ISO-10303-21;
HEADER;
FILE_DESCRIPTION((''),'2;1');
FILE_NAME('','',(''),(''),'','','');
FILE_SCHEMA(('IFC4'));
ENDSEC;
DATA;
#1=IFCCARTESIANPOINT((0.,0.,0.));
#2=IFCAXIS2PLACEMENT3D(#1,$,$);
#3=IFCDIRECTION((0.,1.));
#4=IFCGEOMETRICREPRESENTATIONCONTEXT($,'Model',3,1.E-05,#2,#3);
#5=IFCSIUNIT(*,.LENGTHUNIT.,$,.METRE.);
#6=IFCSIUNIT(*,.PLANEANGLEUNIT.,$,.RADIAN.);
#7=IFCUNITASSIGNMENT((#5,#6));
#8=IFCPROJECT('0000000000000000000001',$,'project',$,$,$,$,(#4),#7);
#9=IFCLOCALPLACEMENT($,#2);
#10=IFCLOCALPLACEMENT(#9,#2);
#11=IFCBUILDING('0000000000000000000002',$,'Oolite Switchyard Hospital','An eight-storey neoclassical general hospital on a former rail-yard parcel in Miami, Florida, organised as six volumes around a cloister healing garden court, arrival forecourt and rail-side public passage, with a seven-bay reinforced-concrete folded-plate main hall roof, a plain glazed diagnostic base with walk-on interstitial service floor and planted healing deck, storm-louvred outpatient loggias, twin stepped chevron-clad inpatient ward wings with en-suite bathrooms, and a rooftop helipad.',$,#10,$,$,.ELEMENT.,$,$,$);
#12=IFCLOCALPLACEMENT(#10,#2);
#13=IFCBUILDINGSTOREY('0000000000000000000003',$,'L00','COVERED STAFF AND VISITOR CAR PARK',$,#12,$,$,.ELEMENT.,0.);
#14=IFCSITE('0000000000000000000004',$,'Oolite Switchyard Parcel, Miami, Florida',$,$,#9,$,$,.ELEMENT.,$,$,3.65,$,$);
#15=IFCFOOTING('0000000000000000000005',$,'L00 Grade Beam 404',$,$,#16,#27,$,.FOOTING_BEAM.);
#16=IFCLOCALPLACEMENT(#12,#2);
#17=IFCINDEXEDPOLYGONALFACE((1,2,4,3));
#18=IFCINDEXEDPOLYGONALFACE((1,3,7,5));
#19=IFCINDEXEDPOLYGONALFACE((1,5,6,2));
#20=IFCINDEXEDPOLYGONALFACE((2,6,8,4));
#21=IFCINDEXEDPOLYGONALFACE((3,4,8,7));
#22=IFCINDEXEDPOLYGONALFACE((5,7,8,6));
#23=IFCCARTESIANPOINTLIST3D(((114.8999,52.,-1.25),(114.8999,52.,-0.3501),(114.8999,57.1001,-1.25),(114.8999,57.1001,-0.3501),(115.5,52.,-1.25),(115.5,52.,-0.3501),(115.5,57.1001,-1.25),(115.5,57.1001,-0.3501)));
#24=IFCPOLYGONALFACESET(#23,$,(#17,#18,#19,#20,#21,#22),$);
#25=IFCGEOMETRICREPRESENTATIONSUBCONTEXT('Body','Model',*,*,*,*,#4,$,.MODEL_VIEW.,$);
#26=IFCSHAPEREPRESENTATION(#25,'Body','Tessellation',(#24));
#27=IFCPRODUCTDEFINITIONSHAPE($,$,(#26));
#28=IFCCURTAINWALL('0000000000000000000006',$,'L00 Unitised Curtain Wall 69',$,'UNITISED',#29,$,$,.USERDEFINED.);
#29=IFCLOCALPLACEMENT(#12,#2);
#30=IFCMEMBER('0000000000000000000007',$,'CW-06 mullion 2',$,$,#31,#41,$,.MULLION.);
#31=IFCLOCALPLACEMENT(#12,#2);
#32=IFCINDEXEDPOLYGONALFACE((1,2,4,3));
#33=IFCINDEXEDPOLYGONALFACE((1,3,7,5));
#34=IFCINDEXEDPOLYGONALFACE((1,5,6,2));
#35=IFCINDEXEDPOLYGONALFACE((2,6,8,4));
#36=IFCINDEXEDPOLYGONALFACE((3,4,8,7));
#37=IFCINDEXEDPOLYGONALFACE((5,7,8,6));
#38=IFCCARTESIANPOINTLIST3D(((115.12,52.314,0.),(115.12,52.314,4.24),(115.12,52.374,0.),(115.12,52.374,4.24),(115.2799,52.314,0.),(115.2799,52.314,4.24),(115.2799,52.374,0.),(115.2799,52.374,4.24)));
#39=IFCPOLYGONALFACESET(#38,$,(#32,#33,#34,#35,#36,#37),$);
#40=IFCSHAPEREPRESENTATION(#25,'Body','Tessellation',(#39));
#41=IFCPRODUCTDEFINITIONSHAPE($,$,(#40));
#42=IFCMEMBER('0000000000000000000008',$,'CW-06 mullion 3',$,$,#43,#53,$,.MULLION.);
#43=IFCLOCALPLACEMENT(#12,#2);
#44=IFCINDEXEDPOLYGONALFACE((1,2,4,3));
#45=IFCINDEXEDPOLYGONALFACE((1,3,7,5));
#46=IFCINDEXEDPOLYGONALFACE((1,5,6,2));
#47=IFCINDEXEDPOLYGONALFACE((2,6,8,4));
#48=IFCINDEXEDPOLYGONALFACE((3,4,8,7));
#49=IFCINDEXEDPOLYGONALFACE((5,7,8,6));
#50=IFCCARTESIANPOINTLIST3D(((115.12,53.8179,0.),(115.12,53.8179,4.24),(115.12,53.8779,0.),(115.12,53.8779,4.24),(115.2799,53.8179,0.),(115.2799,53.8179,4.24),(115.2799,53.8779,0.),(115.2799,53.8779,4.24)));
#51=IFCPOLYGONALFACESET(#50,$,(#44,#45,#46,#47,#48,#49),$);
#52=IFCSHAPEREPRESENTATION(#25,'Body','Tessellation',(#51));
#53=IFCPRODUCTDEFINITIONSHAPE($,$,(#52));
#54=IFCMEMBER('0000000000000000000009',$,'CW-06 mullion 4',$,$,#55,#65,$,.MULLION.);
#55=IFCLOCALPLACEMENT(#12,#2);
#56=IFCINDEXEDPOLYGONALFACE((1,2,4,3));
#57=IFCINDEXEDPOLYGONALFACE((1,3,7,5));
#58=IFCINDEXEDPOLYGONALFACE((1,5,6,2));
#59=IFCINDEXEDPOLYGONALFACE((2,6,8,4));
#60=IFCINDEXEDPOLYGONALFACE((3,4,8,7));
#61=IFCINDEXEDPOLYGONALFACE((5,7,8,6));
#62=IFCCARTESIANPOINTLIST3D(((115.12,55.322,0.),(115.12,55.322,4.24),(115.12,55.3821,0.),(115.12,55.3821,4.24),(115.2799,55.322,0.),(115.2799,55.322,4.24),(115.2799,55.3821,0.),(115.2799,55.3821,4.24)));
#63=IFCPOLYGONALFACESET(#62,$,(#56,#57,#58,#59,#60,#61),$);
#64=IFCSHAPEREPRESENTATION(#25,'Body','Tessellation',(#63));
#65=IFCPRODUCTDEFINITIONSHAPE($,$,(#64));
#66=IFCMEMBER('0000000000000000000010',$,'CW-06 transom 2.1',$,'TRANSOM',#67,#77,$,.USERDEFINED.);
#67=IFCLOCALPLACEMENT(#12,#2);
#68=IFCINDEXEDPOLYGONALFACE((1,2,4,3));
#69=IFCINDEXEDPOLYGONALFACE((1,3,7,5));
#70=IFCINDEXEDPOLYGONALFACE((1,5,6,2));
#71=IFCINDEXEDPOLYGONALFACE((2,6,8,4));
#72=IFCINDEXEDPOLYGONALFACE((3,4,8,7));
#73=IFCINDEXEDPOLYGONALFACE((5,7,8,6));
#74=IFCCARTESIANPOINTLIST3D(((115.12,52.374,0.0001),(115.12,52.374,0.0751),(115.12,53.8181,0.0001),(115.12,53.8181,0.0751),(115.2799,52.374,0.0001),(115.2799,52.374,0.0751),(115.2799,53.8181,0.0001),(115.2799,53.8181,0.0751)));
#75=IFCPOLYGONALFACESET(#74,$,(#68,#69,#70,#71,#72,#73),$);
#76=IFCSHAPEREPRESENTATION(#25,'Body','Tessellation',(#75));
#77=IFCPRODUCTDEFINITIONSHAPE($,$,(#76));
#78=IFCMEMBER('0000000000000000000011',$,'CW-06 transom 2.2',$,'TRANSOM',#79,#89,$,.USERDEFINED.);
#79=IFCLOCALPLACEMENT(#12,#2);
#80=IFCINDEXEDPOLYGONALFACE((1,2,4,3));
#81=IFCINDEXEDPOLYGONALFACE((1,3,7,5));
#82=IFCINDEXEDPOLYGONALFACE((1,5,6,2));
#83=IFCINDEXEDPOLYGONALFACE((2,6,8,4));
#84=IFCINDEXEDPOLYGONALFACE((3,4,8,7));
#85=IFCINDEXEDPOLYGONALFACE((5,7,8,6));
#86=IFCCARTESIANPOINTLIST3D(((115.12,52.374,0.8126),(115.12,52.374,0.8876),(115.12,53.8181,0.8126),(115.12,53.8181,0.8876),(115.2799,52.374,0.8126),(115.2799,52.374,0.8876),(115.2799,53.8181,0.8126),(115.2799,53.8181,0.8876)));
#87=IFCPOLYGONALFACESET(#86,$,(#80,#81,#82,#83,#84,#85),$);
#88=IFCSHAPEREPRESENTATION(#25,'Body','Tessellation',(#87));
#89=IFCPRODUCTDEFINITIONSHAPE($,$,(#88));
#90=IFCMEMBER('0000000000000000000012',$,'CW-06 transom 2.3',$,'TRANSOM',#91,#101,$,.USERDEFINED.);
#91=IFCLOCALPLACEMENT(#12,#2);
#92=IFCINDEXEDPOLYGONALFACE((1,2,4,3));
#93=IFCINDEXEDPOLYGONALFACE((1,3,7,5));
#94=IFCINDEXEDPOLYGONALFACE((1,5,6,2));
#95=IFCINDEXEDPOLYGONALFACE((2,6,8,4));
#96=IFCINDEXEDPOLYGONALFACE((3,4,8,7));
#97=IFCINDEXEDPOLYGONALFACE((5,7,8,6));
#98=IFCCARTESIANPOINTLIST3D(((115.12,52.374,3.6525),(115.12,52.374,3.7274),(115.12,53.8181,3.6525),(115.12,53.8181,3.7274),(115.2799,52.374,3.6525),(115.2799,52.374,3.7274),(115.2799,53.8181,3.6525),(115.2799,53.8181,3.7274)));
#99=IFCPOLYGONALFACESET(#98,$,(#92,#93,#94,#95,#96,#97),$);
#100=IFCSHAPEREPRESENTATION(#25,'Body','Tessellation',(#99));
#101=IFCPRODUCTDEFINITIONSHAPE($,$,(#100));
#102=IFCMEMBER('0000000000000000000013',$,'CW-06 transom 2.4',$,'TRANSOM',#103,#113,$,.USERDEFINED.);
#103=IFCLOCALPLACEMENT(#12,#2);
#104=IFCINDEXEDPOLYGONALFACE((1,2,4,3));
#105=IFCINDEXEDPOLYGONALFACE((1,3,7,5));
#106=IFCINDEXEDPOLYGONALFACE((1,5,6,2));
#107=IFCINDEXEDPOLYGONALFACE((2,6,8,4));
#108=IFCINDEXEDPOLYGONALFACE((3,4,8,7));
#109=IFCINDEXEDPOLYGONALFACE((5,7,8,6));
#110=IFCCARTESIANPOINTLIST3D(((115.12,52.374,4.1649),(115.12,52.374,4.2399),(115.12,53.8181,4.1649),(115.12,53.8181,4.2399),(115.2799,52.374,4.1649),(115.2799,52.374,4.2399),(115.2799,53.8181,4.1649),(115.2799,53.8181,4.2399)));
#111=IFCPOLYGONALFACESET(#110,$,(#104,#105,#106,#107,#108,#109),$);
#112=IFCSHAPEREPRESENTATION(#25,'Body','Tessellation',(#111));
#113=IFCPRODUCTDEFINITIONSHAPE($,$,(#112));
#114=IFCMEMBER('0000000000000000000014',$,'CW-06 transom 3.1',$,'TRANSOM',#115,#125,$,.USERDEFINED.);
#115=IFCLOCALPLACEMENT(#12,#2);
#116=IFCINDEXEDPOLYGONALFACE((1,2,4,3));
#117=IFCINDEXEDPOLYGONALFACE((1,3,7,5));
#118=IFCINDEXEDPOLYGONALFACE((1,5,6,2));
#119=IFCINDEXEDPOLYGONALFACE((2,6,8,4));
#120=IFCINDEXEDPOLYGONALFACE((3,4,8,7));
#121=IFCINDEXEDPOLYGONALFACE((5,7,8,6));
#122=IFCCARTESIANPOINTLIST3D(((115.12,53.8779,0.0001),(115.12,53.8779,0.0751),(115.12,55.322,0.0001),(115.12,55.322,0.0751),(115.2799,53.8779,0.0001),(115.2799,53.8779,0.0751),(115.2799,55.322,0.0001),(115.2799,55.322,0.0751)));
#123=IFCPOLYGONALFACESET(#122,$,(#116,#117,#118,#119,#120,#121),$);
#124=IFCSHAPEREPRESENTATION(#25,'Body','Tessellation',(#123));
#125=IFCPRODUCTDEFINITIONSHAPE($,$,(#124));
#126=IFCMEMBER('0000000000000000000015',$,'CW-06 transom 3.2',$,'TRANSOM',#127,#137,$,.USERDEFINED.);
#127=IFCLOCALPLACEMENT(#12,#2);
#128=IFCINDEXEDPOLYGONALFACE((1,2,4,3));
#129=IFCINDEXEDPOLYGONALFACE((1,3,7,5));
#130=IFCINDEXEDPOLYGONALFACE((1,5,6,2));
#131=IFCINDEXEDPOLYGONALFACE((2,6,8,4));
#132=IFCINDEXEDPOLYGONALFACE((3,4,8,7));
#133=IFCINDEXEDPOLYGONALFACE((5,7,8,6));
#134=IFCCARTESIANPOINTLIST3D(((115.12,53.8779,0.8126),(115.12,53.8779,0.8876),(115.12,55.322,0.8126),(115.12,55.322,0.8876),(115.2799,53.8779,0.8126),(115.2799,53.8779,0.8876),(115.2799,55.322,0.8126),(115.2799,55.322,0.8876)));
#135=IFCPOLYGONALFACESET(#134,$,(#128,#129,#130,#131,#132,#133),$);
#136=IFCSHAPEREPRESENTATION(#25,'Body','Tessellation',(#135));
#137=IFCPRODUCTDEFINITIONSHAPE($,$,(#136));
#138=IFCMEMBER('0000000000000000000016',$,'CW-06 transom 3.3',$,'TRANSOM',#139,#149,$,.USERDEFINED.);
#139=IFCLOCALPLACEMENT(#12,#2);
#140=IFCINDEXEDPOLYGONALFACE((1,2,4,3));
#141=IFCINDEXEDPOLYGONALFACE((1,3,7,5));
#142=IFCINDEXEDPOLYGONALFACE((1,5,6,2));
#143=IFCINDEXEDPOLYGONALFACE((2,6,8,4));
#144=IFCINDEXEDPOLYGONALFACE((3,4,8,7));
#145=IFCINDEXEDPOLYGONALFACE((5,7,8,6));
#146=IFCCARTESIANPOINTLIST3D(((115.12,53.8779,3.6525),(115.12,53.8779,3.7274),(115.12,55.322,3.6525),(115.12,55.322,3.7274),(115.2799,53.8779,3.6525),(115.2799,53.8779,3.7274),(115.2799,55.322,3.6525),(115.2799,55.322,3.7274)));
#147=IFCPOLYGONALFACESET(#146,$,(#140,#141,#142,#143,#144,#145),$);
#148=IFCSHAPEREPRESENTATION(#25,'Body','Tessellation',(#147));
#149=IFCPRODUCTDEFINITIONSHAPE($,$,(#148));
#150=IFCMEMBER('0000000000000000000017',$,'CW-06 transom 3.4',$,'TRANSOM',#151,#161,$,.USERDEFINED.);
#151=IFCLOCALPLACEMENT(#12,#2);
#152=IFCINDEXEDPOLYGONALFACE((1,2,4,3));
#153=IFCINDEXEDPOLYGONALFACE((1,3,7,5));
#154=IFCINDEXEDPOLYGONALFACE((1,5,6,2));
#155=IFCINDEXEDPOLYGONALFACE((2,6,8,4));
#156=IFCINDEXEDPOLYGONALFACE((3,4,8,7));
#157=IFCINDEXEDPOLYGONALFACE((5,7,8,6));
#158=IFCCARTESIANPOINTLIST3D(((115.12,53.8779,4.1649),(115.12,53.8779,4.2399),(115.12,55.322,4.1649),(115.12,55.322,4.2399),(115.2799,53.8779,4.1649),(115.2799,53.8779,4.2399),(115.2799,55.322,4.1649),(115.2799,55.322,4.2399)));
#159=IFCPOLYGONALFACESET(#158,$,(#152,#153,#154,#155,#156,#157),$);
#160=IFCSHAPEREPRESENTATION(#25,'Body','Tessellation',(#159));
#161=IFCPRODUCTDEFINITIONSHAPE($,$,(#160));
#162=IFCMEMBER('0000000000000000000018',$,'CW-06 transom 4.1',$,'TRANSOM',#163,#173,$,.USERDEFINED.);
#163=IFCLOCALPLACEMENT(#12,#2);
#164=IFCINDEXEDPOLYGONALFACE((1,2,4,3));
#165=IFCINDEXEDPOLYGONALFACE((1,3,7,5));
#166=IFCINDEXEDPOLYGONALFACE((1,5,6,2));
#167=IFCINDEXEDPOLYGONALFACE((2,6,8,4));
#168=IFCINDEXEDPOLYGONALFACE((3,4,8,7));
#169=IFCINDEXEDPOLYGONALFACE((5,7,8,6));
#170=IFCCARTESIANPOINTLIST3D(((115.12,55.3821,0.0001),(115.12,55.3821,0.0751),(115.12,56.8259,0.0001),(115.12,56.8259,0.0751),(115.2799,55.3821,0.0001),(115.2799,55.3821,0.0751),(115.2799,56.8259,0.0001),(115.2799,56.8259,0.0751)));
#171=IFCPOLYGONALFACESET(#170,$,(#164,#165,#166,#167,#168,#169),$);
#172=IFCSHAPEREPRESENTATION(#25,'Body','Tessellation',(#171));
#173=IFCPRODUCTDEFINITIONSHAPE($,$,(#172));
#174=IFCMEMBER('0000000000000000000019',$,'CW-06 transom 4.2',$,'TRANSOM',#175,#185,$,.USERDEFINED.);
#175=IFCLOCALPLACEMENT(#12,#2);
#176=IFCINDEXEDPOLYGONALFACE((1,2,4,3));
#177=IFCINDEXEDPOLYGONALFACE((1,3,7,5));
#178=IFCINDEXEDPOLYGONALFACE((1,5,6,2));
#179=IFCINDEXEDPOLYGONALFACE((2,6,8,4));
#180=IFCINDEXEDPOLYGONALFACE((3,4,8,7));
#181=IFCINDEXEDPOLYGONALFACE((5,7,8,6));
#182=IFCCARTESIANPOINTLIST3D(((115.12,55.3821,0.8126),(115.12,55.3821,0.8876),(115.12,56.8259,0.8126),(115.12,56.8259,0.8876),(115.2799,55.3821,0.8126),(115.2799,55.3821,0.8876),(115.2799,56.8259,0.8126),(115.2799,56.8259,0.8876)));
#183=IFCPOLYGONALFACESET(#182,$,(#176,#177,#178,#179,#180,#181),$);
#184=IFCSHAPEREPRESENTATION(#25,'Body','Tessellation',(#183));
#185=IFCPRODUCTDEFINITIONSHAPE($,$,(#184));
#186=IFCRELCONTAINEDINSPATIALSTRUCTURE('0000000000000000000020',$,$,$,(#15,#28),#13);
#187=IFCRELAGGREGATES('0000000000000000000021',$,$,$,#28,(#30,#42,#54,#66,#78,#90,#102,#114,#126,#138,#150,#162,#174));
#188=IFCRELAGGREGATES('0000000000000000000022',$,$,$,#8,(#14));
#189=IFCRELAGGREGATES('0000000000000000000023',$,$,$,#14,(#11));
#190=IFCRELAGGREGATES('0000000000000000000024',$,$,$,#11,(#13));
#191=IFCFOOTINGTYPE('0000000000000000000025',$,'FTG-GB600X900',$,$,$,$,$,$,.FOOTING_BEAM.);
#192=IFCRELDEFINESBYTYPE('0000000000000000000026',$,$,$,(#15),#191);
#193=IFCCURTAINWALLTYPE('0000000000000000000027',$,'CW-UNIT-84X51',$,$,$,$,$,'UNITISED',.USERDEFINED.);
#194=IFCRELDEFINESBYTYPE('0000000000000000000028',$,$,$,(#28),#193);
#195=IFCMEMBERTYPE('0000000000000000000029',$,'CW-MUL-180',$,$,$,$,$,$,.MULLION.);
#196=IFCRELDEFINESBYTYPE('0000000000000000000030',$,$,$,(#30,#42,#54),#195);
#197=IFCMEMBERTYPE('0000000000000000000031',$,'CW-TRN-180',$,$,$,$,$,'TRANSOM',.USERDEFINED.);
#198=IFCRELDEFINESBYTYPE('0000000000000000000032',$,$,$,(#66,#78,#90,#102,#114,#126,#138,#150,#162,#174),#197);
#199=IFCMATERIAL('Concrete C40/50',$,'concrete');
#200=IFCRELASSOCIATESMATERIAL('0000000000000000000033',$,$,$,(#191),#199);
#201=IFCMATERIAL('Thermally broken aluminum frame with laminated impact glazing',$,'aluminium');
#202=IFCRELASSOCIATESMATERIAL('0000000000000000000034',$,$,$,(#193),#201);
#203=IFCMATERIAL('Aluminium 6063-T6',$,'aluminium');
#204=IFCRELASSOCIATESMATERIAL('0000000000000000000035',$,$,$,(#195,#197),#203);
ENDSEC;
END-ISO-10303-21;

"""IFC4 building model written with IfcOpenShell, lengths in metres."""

from ifc_helpers import new_model, si_unit, direction, frame, origin, origin_2d, place, context, subcontext, project, spatial, rectangle, extrude, material, material_profile, profile_set, type_object, element, aggregate, save


model = new_model("IFC4")

# Units and contexts
model_context = context("Model", 3, precision=1e-05, world=origin(), true_north=direction((0.0, 1.0)))
body_context = subcontext(model_context, "Body", "Model", "MODEL_VIEW")
ifc_project = project(units=[si_unit("LENGTHUNIT", "METRE"), si_unit("PLANEANGLEUNIT", "RADIAN")], contexts=[model_context])

# Site, building, storey
site_placement = place(None, origin())
site = spatial("IfcSite", under=ifc_project, at=site_placement, Name="Oolite Switchyard Parcel, Miami, Florida", CompositionType="ELEMENT", RefElevation=3.65)
building_placement = place(site_placement, origin())
building = spatial("IfcBuilding", under=site, at=building_placement, Name="Oolite Switchyard Hospital", Description="An eight-storey neoclassical general hospital on a former rail-yard parcel in Miami, Florida, organised as six volumes around a cloister healing garden court, arrival forecourt and rail-side public passage, with a seven-bay reinforced-concrete folded-plate main hall roof, a plain glazed diagnostic base with walk-on interstitial service floor and planted healing deck, storm-louvred outpatient loggias, twin stepped chevron-clad inpatient ward wings with en-suite bathrooms, and a rooftop helipad.", CompositionType="ELEMENT")
storey_placement = place(building_placement, origin())
storey = spatial("IfcBuildingStorey", under=building, at=storey_placement, Name="L00", Description="COVERED STAFF AND VISITOR CAR PARK", CompositionType="ELEMENT", Elevation=0.0)

# Footing
ifc_material_1 = material(Name="Concrete C40/50", Category="concrete")
footing_type = type_object("IfcFootingType", Name="FTG-GB600X900", PredefinedType="FOOTING_BEAM", material=ifc_material_1)
footing_placement = place(storey_placement, frame((115.2, 54.55, -1.25), z_axis=(0.0, 0.0, 1.0), x_axis=(0.0, 1.0, 0.0)))
element("IfcFooting", 1, at=footing_placement, inside=storey, type_object=footing_type, Name="L00 Grade Beam 404", PredefinedType="FOOTING_BEAM", context=body_context, shape_type="SweptSolid", body=[
    extrude(rectangle(XDim=5.1001, YDim=0.6001, at=origin_2d()), origin(), (0.0, 0.0, 1.0), 0.8999),
])

# Curtain wall, members
ifc_material_2 = material(Name="Thermally broken aluminum frame with laminated impact glazing", Category="aluminium")
curtain_wall_type = type_object("IfcCurtainWallType", Name="CW-UNIT-84X51", ElementType="UNITISED", PredefinedType="USERDEFINED", material=ifc_material_2)
curtain_wall_placement = place(storey_placement, origin())
curtain_wall = element("IfcCurtainWall", 2, at=curtain_wall_placement, inside=storey, type_object=curtain_wall_type, Name="L00 Unitised Curtain Wall 69", ObjectType="UNITISED", PredefinedType="USERDEFINED")
ifc_material_3 = material(Name="Aluminium 6063-T6", Category="aluminium")
ifc_material_profile_1 = material_profile(ifc_material_3, rectangle(XDim=0.1599, YDim=0.0601, at=origin_2d()), Name="CWM60X160")
ifc_profile_set_1 = profile_set([ifc_material_profile_1], Name="Aluminium 6063-T6")
member_type_1 = type_object("IfcMemberType", Name="CW-MUL-180", PredefinedType="MULLION", material=ifc_profile_set_1)
member_1_placement = place(storey_placement, frame((115.2, 52.344, 0.0), z_axis=(0.0, 0.0, 1.0), x_axis=(-1.0, 0.0, 0.0)))
member_1 = element("IfcMember", 3, at=member_1_placement, type_object=member_type_1, Name="CW-06 mullion 2", PredefinedType="MULLION", context=body_context, shape_type="SweptSolid", body=[
    extrude(rectangle(XDim=0.1599, YDim=0.0601, at=origin_2d()), origin(), (0.0, 0.0, 1.0), 4.24),
])
member_2_placement = place(storey_placement, frame((115.2, 53.8479, 0.0), z_axis=(0.0, 0.0, 1.0), x_axis=(-1.0, 0.0, 0.0)))
member_2 = element("IfcMember", 4, at=member_2_placement, type_object=member_type_1, Name="CW-06 mullion 3", PredefinedType="MULLION", context=body_context, shape_type="SweptSolid", body=[
    extrude(rectangle(XDim=0.1599, YDim=0.0601, at=origin_2d()), origin(), (0.0, 0.0, 1.0), 4.24),
])
member_3_placement = place(storey_placement, frame((115.2, 55.3521, 0.0), z_axis=(0.0, 0.0, 1.0), x_axis=(-1.0, 0.0, 0.0)))
member_3 = element("IfcMember", 5, at=member_3_placement, type_object=member_type_1, Name="CW-06 mullion 4", PredefinedType="MULLION", context=body_context, shape_type="SweptSolid", body=[
    extrude(rectangle(XDim=0.1599, YDim=0.0601, at=origin_2d()), origin(), (0.0, 0.0, 1.0), 4.24),
])
ifc_material_profile_2 = material_profile(ifc_material_3, rectangle(XDim=0.1599, YDim=0.075, at=origin_2d()), Name="CWT75X160")
ifc_profile_set_2 = profile_set([ifc_material_profile_2], Name="Aluminium 6063-T6")
member_type_2 = type_object("IfcMemberType", Name="CW-TRN-180", ElementType="TRANSOM", PredefinedType="USERDEFINED", material=ifc_profile_set_2)
member_4_placement = place(storey_placement, frame((115.2, 52.374, 0.0376), z_axis=(0.0, 1.0, 0.0), x_axis=(-1.0, 0.0, 0.0)))
member_4 = element("IfcMember", 6, at=member_4_placement, type_object=member_type_2, Name="CW-06 transom 2.1", ObjectType="TRANSOM", PredefinedType="USERDEFINED", context=body_context, shape_type="SweptSolid", body=[
    extrude(rectangle(XDim=0.1599, YDim=0.075, at=origin_2d()), origin(), (0.0, 0.0, 1.0), 1.4441),
])
member_5_placement = place(storey_placement, frame((115.2, 52.374, 0.8501), z_axis=(0.0, 1.0, 0.0), x_axis=(-1.0, 0.0, 0.0)))
member_5 = element("IfcMember", 7, at=member_5_placement, type_object=member_type_2, Name="CW-06 transom 2.2", ObjectType="TRANSOM", PredefinedType="USERDEFINED", context=body_context, shape_type="SweptSolid", body=[
    extrude(rectangle(XDim=0.1599, YDim=0.075, at=origin_2d()), origin(), (0.0, 0.0, 1.0), 1.4441),
])
member_6_placement = place(storey_placement, frame((115.2, 52.374, 3.6899), z_axis=(0.0, 1.0, 0.0), x_axis=(-1.0, 0.0, 0.0)))
member_6 = element("IfcMember", 8, at=member_6_placement, type_object=member_type_2, Name="CW-06 transom 2.3", ObjectType="TRANSOM", PredefinedType="USERDEFINED", context=body_context, shape_type="SweptSolid", body=[
    extrude(rectangle(XDim=0.1599, YDim=0.075, at=origin_2d()), origin(), (0.0, 0.0, 1.0), 1.4441),
])
member_7_placement = place(storey_placement, frame((115.2, 52.374, 4.2024), z_axis=(0.0, 1.0, 0.0), x_axis=(-1.0, 0.0, 0.0)))
member_7 = element("IfcMember", 9, at=member_7_placement, type_object=member_type_2, Name="CW-06 transom 2.4", ObjectType="TRANSOM", PredefinedType="USERDEFINED", context=body_context, shape_type="SweptSolid", body=[
    extrude(rectangle(XDim=0.1599, YDim=0.075, at=origin_2d()), origin(), (0.0, 0.0, 1.0), 1.4441),
])
member_8_placement = place(storey_placement, frame((115.2, 53.8779, 0.0376), z_axis=(0.0, 1.0, 0.0), x_axis=(-1.0, 0.0, 0.0)))
member_8 = element("IfcMember", 10, at=member_8_placement, type_object=member_type_2, Name="CW-06 transom 3.1", ObjectType="TRANSOM", PredefinedType="USERDEFINED", context=body_context, shape_type="SweptSolid", body=[
    extrude(rectangle(XDim=0.1599, YDim=0.075, at=origin_2d()), origin(), (0.0, 0.0, 1.0), 1.4441),
])
member_9_placement = place(storey_placement, frame((115.2, 53.8779, 0.8501), z_axis=(0.0, 1.0, 0.0), x_axis=(-1.0, 0.0, 0.0)))
member_9 = element("IfcMember", 11, at=member_9_placement, type_object=member_type_2, Name="CW-06 transom 3.2", ObjectType="TRANSOM", PredefinedType="USERDEFINED", context=body_context, shape_type="SweptSolid", body=[
    extrude(rectangle(XDim=0.1599, YDim=0.075, at=origin_2d()), origin(), (0.0, 0.0, 1.0), 1.4441),
])
member_10_placement = place(storey_placement, frame((115.2, 53.8779, 3.6899), z_axis=(0.0, 1.0, 0.0), x_axis=(-1.0, 0.0, 0.0)))
member_10 = element("IfcMember", 12, at=member_10_placement, type_object=member_type_2, Name="CW-06 transom 3.3", ObjectType="TRANSOM", PredefinedType="USERDEFINED", context=body_context, shape_type="SweptSolid", body=[
    extrude(rectangle(XDim=0.1599, YDim=0.075, at=origin_2d()), origin(), (0.0, 0.0, 1.0), 1.4441),
])
member_11_placement = place(storey_placement, frame((115.2, 53.8779, 4.2024), z_axis=(0.0, 1.0, 0.0), x_axis=(-1.0, 0.0, 0.0)))
member_11 = element("IfcMember", 13, at=member_11_placement, type_object=member_type_2, Name="CW-06 transom 3.4", ObjectType="TRANSOM", PredefinedType="USERDEFINED", context=body_context, shape_type="SweptSolid", body=[
    extrude(rectangle(XDim=0.1599, YDim=0.075, at=origin_2d()), origin(), (0.0, 0.0, 1.0), 1.4441),
])
member_12_placement = place(storey_placement, frame((115.2, 55.3821, 0.0376), z_axis=(0.0, 1.0, 0.0), x_axis=(-1.0, 0.0, 0.0)))
member_12 = element("IfcMember", 14, at=member_12_placement, type_object=member_type_2, Name="CW-06 transom 4.1", ObjectType="TRANSOM", PredefinedType="USERDEFINED", context=body_context, shape_type="SweptSolid", body=[
    extrude(rectangle(XDim=0.1599, YDim=0.075, at=origin_2d()), origin(), (0.0, 0.0, 1.0), 1.4438),
])
member_13_placement = place(storey_placement, frame((115.2, 55.3821, 0.8501), z_axis=(0.0, 1.0, 0.0), x_axis=(-1.0, 0.0, 0.0)))
member_13 = element("IfcMember", 15, at=member_13_placement, type_object=member_type_2, Name="CW-06 transom 4.2", ObjectType="TRANSOM", PredefinedType="USERDEFINED", context=body_context, shape_type="SweptSolid", body=[
    extrude(rectangle(XDim=0.1599, YDim=0.075, at=origin_2d()), origin(), (0.0, 0.0, 1.0), 1.4438),
])
aggregate(curtain_wall, [member_1, member_2, member_3, member_4, member_5, member_6, member_7, member_8, member_9, member_10, member_11, member_12, member_13])

save(model, "model.ifc")
